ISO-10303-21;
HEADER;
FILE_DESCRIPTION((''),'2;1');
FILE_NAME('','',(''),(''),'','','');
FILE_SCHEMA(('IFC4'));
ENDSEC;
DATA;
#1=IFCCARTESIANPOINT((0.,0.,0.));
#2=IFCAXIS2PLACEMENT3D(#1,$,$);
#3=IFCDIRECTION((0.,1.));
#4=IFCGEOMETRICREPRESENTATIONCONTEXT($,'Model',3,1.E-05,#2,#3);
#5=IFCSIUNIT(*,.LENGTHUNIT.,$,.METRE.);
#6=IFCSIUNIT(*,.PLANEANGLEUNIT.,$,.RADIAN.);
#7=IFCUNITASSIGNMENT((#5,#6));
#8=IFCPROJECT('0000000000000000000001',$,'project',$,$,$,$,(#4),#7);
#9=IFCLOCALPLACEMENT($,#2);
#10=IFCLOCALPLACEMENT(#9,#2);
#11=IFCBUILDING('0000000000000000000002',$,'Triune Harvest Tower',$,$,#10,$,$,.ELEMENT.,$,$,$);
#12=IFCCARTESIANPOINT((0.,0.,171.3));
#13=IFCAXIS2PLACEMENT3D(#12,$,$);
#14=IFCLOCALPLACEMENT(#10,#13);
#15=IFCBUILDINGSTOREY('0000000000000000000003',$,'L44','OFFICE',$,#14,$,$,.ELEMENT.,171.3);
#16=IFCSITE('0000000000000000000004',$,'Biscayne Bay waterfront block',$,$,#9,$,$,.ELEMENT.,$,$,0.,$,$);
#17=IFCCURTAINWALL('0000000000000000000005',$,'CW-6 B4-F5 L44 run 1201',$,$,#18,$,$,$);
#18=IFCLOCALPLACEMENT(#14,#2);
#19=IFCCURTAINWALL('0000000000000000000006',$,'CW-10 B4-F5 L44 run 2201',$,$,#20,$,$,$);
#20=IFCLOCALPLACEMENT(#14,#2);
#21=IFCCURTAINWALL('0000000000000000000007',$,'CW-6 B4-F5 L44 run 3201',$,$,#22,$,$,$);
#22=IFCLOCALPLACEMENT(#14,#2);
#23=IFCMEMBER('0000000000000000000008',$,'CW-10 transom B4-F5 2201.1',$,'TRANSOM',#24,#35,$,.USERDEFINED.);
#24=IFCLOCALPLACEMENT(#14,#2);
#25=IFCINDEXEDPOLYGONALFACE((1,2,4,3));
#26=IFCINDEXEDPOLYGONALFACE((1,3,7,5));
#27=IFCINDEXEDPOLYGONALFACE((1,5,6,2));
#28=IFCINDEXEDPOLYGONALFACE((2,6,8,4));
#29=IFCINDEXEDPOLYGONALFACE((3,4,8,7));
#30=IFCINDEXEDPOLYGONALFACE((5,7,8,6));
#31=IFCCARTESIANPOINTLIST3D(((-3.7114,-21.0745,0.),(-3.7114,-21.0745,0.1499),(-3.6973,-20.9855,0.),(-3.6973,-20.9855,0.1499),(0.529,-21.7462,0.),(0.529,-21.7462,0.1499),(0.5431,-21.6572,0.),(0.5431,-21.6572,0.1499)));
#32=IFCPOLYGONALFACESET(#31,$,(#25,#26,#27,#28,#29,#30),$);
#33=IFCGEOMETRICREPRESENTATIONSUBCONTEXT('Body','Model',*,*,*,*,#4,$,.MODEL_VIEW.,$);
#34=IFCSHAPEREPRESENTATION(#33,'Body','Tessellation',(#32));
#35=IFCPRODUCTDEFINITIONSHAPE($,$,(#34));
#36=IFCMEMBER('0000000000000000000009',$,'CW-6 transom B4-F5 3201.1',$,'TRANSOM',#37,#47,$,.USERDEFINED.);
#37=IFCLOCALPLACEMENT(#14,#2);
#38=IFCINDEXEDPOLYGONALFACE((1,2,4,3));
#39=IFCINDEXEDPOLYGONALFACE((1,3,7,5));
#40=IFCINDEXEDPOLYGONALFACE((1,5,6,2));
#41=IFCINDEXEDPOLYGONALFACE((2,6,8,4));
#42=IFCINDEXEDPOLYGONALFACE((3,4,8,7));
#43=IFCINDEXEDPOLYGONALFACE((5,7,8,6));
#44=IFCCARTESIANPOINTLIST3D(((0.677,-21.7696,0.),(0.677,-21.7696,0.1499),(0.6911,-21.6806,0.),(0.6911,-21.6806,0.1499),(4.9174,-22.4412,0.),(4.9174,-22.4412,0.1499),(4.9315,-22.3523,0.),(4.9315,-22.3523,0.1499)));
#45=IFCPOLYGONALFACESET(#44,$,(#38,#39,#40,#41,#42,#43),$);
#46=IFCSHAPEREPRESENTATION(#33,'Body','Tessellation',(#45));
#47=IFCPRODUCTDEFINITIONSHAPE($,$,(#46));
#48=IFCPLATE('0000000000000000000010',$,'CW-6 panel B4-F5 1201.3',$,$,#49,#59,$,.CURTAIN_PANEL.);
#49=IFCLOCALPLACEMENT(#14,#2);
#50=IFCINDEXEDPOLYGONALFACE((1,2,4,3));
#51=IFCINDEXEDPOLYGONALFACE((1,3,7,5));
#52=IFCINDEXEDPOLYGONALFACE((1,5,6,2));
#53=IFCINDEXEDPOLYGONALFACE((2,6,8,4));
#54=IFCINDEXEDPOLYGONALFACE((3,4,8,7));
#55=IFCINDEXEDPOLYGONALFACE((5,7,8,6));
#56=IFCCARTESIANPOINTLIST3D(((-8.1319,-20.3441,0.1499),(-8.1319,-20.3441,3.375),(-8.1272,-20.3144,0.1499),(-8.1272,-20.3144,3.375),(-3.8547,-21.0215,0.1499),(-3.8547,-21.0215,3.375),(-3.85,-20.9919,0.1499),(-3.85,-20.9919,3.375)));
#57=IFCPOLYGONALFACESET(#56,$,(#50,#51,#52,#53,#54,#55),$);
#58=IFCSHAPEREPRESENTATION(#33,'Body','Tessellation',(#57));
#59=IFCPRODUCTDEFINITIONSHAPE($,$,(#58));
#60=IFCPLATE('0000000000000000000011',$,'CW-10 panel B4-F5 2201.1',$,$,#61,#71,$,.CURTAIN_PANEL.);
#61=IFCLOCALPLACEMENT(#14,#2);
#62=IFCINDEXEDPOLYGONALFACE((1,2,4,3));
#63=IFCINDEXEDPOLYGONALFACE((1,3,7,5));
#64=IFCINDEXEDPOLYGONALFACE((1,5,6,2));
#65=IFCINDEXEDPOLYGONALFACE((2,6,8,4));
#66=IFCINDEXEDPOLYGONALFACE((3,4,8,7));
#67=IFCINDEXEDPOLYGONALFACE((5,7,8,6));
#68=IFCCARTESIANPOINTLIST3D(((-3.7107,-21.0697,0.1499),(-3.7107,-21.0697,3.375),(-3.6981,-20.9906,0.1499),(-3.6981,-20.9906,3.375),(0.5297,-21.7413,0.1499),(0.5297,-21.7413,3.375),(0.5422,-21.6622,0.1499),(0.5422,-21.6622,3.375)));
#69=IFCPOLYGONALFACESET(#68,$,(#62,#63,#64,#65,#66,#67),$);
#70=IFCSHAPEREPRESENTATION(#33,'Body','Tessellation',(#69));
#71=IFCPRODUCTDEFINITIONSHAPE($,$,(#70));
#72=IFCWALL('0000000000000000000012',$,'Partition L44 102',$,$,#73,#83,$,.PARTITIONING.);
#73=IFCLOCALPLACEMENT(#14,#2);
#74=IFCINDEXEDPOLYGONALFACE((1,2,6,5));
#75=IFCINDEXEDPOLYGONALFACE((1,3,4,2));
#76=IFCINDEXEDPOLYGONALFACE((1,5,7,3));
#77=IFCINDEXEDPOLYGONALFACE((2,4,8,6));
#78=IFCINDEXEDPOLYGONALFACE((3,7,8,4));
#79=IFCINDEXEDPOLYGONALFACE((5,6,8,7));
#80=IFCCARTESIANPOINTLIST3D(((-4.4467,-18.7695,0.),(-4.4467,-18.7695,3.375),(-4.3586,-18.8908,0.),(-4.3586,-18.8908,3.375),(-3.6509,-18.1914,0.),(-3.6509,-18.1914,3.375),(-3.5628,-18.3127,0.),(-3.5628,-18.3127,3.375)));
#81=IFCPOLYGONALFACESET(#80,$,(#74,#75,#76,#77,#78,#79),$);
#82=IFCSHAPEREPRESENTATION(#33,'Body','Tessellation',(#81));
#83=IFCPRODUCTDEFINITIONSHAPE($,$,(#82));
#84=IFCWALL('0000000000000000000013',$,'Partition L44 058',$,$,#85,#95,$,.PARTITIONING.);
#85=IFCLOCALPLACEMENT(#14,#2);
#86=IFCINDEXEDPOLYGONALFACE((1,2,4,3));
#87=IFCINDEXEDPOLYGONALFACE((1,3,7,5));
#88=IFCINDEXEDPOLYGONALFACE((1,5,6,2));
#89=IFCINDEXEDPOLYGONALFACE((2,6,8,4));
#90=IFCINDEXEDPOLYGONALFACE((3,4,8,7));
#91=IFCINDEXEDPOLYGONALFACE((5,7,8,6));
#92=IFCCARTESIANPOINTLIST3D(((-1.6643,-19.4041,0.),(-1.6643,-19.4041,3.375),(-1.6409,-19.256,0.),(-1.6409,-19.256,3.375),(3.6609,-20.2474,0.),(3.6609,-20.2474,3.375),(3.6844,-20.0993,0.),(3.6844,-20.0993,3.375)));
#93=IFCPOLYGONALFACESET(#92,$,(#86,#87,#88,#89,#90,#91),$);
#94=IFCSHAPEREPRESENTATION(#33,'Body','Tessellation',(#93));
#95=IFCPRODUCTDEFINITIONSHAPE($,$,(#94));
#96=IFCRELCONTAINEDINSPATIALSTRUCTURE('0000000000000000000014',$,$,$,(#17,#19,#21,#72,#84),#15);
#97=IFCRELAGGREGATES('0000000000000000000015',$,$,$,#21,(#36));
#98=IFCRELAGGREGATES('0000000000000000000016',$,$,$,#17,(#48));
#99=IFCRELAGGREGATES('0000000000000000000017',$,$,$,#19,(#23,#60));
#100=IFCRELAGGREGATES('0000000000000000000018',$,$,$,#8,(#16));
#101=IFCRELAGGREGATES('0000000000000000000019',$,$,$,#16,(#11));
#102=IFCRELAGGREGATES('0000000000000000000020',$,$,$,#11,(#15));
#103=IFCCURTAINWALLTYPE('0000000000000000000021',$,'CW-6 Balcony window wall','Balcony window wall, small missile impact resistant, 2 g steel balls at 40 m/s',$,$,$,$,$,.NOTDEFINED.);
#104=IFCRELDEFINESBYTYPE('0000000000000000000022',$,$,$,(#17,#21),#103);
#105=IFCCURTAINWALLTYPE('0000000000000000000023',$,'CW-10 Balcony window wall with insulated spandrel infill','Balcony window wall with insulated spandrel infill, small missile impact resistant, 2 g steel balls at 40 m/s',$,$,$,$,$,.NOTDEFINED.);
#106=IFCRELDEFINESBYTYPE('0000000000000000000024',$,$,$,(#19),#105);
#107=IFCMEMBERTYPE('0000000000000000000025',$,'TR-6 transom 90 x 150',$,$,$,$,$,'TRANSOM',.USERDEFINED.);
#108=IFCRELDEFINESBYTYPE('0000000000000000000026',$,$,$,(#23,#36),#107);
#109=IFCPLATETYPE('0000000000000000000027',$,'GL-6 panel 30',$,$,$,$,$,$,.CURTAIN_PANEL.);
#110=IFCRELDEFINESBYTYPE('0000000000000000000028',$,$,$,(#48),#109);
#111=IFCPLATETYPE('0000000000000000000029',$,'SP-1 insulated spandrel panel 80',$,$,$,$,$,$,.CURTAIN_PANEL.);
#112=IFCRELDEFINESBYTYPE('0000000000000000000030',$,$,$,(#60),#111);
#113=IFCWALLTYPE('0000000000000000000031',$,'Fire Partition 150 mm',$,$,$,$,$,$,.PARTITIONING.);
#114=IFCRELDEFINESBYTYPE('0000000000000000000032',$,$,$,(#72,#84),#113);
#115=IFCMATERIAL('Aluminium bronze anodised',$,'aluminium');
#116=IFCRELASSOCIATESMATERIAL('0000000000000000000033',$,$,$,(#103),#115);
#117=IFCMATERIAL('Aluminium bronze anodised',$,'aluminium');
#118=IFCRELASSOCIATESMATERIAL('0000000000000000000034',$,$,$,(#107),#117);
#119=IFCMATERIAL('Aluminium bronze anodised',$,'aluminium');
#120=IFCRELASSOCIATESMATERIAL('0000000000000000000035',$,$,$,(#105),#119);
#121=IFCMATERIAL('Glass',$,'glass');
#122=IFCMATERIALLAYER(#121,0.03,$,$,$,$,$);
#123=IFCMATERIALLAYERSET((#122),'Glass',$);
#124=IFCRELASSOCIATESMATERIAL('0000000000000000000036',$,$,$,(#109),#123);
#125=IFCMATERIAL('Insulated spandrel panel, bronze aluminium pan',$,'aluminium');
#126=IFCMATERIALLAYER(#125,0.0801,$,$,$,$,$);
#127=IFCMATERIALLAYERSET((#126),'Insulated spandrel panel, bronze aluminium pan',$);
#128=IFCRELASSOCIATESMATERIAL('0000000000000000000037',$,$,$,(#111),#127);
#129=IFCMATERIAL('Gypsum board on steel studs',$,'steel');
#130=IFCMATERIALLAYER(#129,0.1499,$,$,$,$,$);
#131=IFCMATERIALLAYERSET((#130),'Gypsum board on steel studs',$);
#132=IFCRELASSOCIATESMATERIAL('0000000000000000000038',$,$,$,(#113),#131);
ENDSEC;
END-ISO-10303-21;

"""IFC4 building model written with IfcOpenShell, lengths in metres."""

from ifc_helpers import new_model, si_unit, direction, frame, frame_2d, origin, origin_2d, place, context, subcontext, project, spatial, rectangle, extrude, source, transform, mapped, material, layer, layer_set, material_profile, profile_set, type_object, element, aggregate, save


model = new_model("IFC4")

# Units and contexts
model_context = context("Model", 3, precision=1e-05, world=origin(), true_north=direction((0.0, 1.0)))
body_context = subcontext(model_context, "Body", "Model", "MODEL_VIEW")
ifc_project = project(units=[si_unit("LENGTHUNIT", "METRE"), si_unit("PLANEANGLEUNIT", "RADIAN")], contexts=[model_context])

# Site, building, storey
site_placement = place(None, origin())
site = spatial("IfcSite", under=ifc_project, at=site_placement, Name="Biscayne Bay waterfront block", CompositionType="ELEMENT", RefElevation=0.0)
building_placement = place(site_placement, origin())
building = spatial("IfcBuilding", under=site, at=building_placement, Name="Triune Harvest Tower", CompositionType="ELEMENT")
storey_placement = place(building_placement, frame((0.0, 0.0, 171.3)))
storey = spatial("IfcBuildingStorey", under=building, at=storey_placement, Name="L44", Description="OFFICE", CompositionType="ELEMENT", Elevation=171.3)

# Curtain wall
ifc_material_1 = material(Name="Aluminium bronze anodised", Category="aluminium")
curtain_wall_type_1 = type_object("IfcCurtainWallType", Name="CW-6 Balcony window wall", Description="Balcony window wall, small missile impact resistant, 2 g steel balls at 40 m/s", PredefinedType="NOTDEFINED", material=ifc_material_1)
curtain_wall_1_placement = place(storey_placement, origin())
curtain_wall_1 = element("IfcCurtainWall", 1, at=curtain_wall_1_placement, inside=storey, type_object=curtain_wall_type_1, Name="CW-6 B4-F5 L44 run 1201")
ifc_material_2 = material(Name="Aluminium bronze anodised", Category="aluminium")
ifc_material_profile_1 = material_profile(ifc_material_2, rectangle(XDim=0.0901, YDim=0.1499, at=origin_2d()), Name="TR-6 transom 90 x 150")
ifc_profile_set_1 = profile_set([ifc_material_profile_1], Name="Aluminium bronze anodised")
member_type_1 = type_object("IfcMemberType", Name="TR-6 transom 90 x 150", ElementType="TRANSOM", PredefinedType="USERDEFINED", material=ifc_profile_set_1)

# Curtain wall
ifc_material_3 = material(Name="Aluminium bronze anodised", Category="aluminium")
curtain_wall_type_2 = type_object("IfcCurtainWallType", Name="CW-10 Balcony window wall with insulated spandrel infill", Description="Balcony window wall with insulated spandrel infill, small missile impact resistant, 2 g steel balls at 40 m/s", PredefinedType="NOTDEFINED", material=ifc_material_3)
curtain_wall_2_placement = place(storey_placement, origin())
curtain_wall_2 = element("IfcCurtainWall", 2, at=curtain_wall_2_placement, inside=storey, type_object=curtain_wall_type_2, Name="CW-10 B4-F5 L44 run 2201")

# Curtain wall
curtain_wall_3_placement = place(storey_placement, origin())
curtain_wall_3 = element("IfcCurtainWall", 3, at=curtain_wall_3_placement, inside=storey, type_object=curtain_wall_type_1, Name="CW-6 B4-F5 L44 run 3201")

# Members
shared_shape_1 = source(origin(), body_context, "Body", "SweptSolid", [
    extrude(rectangle(XDim=0.0901, YDim=0.1499, at=origin_2d()), origin(), (0.0, 0.0, 1.0), 4.2932),
])
member_1_placement = place(storey_placement, frame((-3.7043, -21.03, 0.075), z_axis=(0.987687, -0.156444, 0.0), x_axis=(0.156444, 0.987687, 0.0)))
member_1 = element("IfcMember", 4, at=member_1_placement, type_object=member_type_1, Name="CW-10 transom B4-F5 2201.1", ObjectType="TRANSOM", PredefinedType="USERDEFINED", context=body_context, shape_type="MappedRepresentation", body=[
    mapped(shared_shape_1, transform((0.0, 0.0, 0.0), scale=1.0)),
])
member_2_placement = place(storey_placement, frame((0.6841, -21.7251, 0.075), z_axis=(0.987687, -0.156444, 0.0), x_axis=(0.156444, 0.987687, 0.0)))
member_2 = element("IfcMember", 5, at=member_2_placement, type_object=member_type_1, Name="CW-6 transom B4-F5 3201.1", ObjectType="TRANSOM", PredefinedType="USERDEFINED", context=body_context, shape_type="MappedRepresentation", body=[
    mapped(shared_shape_1, transform((0.0, 0.0, 0.0), scale=1.0)),
])
aggregate(curtain_wall_3, [member_2])

# Plates
ifc_material_4 = material(Name="Glass", Category="glass")
ifc_layer_1 = layer(ifc_material_4, 0.03)
ifc_layer_set_1 = layer_set([ifc_layer_1], Name="Glass")
plate_type_1 = type_object("IfcPlateType", Name="GL-6 panel 30", PredefinedType="CURTAIN_PANEL", material=ifc_layer_set_1)
plate_1_placement = place(storey_placement, frame((-5.991, -20.668, 0.1499), z_axis=(0.0, 0.0, 1.0), x_axis=(0.987687, -0.156441, 0.0)))
plate_1 = element("IfcPlate", 6, at=plate_1_placement, type_object=plate_type_1, Name="CW-6 panel B4-F5 1201.3", PredefinedType="CURTAIN_PANEL", context=body_context, shape_type="SweptSolid", body=[
    extrude(rectangle(XDim=4.3306, YDim=0.03, at=origin_2d()), origin(), (0.0, 0.0, 1.0), 3.2251),
])
aggregate(curtain_wall_1, [plate_1])
ifc_material_5 = material(Name="Insulated spandrel panel, bronze aluminium pan", Category="aluminium")
ifc_layer_2 = layer(ifc_material_5, 0.0801)
ifc_layer_set_2 = layer_set([ifc_layer_2], Name="Insulated spandrel panel, bronze aluminium pan")
plate_type_2 = type_object("IfcPlateType", Name="SP-1 insulated spandrel panel 80", PredefinedType="CURTAIN_PANEL", material=ifc_layer_set_2)
plate_2_placement = place(storey_placement, frame((-1.5842, -21.366, 0.1499), z_axis=(0.0, 0.0, 1.0), x_axis=(0.98769, -0.156423, 0.0)))
plate_2 = element("IfcPlate", 7, at=plate_2_placement, type_object=plate_type_2, Name="CW-10 panel B4-F5 2201.1", PredefinedType="CURTAIN_PANEL", context=body_context, shape_type="SweptSolid", body=[
    extrude(rectangle(XDim=4.2932, YDim=0.0801, at=origin_2d()), origin(), (0.0, 0.0, 1.0), 3.2251),
])
aggregate(curtain_wall_2, [member_1, plate_2])

# Walls
ifc_material_6 = material(Name="Gypsum board on steel studs", Category="steel")
ifc_layer_3 = layer(ifc_material_6, 0.1499)
ifc_layer_set_3 = layer_set([ifc_layer_3], Name="Gypsum board on steel studs")
wall_type = type_object("IfcWallType", Name="Fire Partition 150 mm", PredefinedType="PARTITIONING", material=ifc_layer_set_3)
shared_shape_2 = source(origin(), body_context, "Body", "SweptSolid", [
    extrude(rectangle(XDim=0.9836, YDim=0.1499, at=frame_2d((0.4917, 0.0))), origin(), (0.0, 0.0, 1.0), 3.375),
])
wall_1_placement = place(storey_placement, frame((-4.4026, -18.8301, 0.0), z_axis=(0.0, 0.0, 1.0), x_axis=(0.809079, 0.587699, 0.0)))
element("IfcWall", 8, at=wall_1_placement, inside=storey, type_object=wall_type, Name="Partition L44 102", PredefinedType="PARTITIONING", context=body_context, shape_type="MappedRepresentation", body=[
    mapped(shared_shape_2, transform((0.0, 0.0, 0.0), scale=1.0)),
])
shared_shape_3 = source(origin(), body_context, "Body", "SweptSolid", [
    extrude(rectangle(XDim=5.3916, YDim=0.1499, at=frame_2d((2.6958, 0.0))), origin(), (0.0, 0.0, 1.0), 3.375),
])
wall_2_placement = place(storey_placement, frame((-1.6526, -19.3301, 0.0), z_axis=(0.0, 0.0, 1.0), x_axis=(0.987693, -0.156404, 0.0)))
element("IfcWall", 9, at=wall_2_placement, inside=storey, type_object=wall_type, Name="Partition L44 058", PredefinedType="PARTITIONING", context=body_context, shape_type="MappedRepresentation", body=[
    mapped(shared_shape_3, transform((0.0, 0.0, 0.0), scale=1.0)),
])

save(model, "model.ifc")
